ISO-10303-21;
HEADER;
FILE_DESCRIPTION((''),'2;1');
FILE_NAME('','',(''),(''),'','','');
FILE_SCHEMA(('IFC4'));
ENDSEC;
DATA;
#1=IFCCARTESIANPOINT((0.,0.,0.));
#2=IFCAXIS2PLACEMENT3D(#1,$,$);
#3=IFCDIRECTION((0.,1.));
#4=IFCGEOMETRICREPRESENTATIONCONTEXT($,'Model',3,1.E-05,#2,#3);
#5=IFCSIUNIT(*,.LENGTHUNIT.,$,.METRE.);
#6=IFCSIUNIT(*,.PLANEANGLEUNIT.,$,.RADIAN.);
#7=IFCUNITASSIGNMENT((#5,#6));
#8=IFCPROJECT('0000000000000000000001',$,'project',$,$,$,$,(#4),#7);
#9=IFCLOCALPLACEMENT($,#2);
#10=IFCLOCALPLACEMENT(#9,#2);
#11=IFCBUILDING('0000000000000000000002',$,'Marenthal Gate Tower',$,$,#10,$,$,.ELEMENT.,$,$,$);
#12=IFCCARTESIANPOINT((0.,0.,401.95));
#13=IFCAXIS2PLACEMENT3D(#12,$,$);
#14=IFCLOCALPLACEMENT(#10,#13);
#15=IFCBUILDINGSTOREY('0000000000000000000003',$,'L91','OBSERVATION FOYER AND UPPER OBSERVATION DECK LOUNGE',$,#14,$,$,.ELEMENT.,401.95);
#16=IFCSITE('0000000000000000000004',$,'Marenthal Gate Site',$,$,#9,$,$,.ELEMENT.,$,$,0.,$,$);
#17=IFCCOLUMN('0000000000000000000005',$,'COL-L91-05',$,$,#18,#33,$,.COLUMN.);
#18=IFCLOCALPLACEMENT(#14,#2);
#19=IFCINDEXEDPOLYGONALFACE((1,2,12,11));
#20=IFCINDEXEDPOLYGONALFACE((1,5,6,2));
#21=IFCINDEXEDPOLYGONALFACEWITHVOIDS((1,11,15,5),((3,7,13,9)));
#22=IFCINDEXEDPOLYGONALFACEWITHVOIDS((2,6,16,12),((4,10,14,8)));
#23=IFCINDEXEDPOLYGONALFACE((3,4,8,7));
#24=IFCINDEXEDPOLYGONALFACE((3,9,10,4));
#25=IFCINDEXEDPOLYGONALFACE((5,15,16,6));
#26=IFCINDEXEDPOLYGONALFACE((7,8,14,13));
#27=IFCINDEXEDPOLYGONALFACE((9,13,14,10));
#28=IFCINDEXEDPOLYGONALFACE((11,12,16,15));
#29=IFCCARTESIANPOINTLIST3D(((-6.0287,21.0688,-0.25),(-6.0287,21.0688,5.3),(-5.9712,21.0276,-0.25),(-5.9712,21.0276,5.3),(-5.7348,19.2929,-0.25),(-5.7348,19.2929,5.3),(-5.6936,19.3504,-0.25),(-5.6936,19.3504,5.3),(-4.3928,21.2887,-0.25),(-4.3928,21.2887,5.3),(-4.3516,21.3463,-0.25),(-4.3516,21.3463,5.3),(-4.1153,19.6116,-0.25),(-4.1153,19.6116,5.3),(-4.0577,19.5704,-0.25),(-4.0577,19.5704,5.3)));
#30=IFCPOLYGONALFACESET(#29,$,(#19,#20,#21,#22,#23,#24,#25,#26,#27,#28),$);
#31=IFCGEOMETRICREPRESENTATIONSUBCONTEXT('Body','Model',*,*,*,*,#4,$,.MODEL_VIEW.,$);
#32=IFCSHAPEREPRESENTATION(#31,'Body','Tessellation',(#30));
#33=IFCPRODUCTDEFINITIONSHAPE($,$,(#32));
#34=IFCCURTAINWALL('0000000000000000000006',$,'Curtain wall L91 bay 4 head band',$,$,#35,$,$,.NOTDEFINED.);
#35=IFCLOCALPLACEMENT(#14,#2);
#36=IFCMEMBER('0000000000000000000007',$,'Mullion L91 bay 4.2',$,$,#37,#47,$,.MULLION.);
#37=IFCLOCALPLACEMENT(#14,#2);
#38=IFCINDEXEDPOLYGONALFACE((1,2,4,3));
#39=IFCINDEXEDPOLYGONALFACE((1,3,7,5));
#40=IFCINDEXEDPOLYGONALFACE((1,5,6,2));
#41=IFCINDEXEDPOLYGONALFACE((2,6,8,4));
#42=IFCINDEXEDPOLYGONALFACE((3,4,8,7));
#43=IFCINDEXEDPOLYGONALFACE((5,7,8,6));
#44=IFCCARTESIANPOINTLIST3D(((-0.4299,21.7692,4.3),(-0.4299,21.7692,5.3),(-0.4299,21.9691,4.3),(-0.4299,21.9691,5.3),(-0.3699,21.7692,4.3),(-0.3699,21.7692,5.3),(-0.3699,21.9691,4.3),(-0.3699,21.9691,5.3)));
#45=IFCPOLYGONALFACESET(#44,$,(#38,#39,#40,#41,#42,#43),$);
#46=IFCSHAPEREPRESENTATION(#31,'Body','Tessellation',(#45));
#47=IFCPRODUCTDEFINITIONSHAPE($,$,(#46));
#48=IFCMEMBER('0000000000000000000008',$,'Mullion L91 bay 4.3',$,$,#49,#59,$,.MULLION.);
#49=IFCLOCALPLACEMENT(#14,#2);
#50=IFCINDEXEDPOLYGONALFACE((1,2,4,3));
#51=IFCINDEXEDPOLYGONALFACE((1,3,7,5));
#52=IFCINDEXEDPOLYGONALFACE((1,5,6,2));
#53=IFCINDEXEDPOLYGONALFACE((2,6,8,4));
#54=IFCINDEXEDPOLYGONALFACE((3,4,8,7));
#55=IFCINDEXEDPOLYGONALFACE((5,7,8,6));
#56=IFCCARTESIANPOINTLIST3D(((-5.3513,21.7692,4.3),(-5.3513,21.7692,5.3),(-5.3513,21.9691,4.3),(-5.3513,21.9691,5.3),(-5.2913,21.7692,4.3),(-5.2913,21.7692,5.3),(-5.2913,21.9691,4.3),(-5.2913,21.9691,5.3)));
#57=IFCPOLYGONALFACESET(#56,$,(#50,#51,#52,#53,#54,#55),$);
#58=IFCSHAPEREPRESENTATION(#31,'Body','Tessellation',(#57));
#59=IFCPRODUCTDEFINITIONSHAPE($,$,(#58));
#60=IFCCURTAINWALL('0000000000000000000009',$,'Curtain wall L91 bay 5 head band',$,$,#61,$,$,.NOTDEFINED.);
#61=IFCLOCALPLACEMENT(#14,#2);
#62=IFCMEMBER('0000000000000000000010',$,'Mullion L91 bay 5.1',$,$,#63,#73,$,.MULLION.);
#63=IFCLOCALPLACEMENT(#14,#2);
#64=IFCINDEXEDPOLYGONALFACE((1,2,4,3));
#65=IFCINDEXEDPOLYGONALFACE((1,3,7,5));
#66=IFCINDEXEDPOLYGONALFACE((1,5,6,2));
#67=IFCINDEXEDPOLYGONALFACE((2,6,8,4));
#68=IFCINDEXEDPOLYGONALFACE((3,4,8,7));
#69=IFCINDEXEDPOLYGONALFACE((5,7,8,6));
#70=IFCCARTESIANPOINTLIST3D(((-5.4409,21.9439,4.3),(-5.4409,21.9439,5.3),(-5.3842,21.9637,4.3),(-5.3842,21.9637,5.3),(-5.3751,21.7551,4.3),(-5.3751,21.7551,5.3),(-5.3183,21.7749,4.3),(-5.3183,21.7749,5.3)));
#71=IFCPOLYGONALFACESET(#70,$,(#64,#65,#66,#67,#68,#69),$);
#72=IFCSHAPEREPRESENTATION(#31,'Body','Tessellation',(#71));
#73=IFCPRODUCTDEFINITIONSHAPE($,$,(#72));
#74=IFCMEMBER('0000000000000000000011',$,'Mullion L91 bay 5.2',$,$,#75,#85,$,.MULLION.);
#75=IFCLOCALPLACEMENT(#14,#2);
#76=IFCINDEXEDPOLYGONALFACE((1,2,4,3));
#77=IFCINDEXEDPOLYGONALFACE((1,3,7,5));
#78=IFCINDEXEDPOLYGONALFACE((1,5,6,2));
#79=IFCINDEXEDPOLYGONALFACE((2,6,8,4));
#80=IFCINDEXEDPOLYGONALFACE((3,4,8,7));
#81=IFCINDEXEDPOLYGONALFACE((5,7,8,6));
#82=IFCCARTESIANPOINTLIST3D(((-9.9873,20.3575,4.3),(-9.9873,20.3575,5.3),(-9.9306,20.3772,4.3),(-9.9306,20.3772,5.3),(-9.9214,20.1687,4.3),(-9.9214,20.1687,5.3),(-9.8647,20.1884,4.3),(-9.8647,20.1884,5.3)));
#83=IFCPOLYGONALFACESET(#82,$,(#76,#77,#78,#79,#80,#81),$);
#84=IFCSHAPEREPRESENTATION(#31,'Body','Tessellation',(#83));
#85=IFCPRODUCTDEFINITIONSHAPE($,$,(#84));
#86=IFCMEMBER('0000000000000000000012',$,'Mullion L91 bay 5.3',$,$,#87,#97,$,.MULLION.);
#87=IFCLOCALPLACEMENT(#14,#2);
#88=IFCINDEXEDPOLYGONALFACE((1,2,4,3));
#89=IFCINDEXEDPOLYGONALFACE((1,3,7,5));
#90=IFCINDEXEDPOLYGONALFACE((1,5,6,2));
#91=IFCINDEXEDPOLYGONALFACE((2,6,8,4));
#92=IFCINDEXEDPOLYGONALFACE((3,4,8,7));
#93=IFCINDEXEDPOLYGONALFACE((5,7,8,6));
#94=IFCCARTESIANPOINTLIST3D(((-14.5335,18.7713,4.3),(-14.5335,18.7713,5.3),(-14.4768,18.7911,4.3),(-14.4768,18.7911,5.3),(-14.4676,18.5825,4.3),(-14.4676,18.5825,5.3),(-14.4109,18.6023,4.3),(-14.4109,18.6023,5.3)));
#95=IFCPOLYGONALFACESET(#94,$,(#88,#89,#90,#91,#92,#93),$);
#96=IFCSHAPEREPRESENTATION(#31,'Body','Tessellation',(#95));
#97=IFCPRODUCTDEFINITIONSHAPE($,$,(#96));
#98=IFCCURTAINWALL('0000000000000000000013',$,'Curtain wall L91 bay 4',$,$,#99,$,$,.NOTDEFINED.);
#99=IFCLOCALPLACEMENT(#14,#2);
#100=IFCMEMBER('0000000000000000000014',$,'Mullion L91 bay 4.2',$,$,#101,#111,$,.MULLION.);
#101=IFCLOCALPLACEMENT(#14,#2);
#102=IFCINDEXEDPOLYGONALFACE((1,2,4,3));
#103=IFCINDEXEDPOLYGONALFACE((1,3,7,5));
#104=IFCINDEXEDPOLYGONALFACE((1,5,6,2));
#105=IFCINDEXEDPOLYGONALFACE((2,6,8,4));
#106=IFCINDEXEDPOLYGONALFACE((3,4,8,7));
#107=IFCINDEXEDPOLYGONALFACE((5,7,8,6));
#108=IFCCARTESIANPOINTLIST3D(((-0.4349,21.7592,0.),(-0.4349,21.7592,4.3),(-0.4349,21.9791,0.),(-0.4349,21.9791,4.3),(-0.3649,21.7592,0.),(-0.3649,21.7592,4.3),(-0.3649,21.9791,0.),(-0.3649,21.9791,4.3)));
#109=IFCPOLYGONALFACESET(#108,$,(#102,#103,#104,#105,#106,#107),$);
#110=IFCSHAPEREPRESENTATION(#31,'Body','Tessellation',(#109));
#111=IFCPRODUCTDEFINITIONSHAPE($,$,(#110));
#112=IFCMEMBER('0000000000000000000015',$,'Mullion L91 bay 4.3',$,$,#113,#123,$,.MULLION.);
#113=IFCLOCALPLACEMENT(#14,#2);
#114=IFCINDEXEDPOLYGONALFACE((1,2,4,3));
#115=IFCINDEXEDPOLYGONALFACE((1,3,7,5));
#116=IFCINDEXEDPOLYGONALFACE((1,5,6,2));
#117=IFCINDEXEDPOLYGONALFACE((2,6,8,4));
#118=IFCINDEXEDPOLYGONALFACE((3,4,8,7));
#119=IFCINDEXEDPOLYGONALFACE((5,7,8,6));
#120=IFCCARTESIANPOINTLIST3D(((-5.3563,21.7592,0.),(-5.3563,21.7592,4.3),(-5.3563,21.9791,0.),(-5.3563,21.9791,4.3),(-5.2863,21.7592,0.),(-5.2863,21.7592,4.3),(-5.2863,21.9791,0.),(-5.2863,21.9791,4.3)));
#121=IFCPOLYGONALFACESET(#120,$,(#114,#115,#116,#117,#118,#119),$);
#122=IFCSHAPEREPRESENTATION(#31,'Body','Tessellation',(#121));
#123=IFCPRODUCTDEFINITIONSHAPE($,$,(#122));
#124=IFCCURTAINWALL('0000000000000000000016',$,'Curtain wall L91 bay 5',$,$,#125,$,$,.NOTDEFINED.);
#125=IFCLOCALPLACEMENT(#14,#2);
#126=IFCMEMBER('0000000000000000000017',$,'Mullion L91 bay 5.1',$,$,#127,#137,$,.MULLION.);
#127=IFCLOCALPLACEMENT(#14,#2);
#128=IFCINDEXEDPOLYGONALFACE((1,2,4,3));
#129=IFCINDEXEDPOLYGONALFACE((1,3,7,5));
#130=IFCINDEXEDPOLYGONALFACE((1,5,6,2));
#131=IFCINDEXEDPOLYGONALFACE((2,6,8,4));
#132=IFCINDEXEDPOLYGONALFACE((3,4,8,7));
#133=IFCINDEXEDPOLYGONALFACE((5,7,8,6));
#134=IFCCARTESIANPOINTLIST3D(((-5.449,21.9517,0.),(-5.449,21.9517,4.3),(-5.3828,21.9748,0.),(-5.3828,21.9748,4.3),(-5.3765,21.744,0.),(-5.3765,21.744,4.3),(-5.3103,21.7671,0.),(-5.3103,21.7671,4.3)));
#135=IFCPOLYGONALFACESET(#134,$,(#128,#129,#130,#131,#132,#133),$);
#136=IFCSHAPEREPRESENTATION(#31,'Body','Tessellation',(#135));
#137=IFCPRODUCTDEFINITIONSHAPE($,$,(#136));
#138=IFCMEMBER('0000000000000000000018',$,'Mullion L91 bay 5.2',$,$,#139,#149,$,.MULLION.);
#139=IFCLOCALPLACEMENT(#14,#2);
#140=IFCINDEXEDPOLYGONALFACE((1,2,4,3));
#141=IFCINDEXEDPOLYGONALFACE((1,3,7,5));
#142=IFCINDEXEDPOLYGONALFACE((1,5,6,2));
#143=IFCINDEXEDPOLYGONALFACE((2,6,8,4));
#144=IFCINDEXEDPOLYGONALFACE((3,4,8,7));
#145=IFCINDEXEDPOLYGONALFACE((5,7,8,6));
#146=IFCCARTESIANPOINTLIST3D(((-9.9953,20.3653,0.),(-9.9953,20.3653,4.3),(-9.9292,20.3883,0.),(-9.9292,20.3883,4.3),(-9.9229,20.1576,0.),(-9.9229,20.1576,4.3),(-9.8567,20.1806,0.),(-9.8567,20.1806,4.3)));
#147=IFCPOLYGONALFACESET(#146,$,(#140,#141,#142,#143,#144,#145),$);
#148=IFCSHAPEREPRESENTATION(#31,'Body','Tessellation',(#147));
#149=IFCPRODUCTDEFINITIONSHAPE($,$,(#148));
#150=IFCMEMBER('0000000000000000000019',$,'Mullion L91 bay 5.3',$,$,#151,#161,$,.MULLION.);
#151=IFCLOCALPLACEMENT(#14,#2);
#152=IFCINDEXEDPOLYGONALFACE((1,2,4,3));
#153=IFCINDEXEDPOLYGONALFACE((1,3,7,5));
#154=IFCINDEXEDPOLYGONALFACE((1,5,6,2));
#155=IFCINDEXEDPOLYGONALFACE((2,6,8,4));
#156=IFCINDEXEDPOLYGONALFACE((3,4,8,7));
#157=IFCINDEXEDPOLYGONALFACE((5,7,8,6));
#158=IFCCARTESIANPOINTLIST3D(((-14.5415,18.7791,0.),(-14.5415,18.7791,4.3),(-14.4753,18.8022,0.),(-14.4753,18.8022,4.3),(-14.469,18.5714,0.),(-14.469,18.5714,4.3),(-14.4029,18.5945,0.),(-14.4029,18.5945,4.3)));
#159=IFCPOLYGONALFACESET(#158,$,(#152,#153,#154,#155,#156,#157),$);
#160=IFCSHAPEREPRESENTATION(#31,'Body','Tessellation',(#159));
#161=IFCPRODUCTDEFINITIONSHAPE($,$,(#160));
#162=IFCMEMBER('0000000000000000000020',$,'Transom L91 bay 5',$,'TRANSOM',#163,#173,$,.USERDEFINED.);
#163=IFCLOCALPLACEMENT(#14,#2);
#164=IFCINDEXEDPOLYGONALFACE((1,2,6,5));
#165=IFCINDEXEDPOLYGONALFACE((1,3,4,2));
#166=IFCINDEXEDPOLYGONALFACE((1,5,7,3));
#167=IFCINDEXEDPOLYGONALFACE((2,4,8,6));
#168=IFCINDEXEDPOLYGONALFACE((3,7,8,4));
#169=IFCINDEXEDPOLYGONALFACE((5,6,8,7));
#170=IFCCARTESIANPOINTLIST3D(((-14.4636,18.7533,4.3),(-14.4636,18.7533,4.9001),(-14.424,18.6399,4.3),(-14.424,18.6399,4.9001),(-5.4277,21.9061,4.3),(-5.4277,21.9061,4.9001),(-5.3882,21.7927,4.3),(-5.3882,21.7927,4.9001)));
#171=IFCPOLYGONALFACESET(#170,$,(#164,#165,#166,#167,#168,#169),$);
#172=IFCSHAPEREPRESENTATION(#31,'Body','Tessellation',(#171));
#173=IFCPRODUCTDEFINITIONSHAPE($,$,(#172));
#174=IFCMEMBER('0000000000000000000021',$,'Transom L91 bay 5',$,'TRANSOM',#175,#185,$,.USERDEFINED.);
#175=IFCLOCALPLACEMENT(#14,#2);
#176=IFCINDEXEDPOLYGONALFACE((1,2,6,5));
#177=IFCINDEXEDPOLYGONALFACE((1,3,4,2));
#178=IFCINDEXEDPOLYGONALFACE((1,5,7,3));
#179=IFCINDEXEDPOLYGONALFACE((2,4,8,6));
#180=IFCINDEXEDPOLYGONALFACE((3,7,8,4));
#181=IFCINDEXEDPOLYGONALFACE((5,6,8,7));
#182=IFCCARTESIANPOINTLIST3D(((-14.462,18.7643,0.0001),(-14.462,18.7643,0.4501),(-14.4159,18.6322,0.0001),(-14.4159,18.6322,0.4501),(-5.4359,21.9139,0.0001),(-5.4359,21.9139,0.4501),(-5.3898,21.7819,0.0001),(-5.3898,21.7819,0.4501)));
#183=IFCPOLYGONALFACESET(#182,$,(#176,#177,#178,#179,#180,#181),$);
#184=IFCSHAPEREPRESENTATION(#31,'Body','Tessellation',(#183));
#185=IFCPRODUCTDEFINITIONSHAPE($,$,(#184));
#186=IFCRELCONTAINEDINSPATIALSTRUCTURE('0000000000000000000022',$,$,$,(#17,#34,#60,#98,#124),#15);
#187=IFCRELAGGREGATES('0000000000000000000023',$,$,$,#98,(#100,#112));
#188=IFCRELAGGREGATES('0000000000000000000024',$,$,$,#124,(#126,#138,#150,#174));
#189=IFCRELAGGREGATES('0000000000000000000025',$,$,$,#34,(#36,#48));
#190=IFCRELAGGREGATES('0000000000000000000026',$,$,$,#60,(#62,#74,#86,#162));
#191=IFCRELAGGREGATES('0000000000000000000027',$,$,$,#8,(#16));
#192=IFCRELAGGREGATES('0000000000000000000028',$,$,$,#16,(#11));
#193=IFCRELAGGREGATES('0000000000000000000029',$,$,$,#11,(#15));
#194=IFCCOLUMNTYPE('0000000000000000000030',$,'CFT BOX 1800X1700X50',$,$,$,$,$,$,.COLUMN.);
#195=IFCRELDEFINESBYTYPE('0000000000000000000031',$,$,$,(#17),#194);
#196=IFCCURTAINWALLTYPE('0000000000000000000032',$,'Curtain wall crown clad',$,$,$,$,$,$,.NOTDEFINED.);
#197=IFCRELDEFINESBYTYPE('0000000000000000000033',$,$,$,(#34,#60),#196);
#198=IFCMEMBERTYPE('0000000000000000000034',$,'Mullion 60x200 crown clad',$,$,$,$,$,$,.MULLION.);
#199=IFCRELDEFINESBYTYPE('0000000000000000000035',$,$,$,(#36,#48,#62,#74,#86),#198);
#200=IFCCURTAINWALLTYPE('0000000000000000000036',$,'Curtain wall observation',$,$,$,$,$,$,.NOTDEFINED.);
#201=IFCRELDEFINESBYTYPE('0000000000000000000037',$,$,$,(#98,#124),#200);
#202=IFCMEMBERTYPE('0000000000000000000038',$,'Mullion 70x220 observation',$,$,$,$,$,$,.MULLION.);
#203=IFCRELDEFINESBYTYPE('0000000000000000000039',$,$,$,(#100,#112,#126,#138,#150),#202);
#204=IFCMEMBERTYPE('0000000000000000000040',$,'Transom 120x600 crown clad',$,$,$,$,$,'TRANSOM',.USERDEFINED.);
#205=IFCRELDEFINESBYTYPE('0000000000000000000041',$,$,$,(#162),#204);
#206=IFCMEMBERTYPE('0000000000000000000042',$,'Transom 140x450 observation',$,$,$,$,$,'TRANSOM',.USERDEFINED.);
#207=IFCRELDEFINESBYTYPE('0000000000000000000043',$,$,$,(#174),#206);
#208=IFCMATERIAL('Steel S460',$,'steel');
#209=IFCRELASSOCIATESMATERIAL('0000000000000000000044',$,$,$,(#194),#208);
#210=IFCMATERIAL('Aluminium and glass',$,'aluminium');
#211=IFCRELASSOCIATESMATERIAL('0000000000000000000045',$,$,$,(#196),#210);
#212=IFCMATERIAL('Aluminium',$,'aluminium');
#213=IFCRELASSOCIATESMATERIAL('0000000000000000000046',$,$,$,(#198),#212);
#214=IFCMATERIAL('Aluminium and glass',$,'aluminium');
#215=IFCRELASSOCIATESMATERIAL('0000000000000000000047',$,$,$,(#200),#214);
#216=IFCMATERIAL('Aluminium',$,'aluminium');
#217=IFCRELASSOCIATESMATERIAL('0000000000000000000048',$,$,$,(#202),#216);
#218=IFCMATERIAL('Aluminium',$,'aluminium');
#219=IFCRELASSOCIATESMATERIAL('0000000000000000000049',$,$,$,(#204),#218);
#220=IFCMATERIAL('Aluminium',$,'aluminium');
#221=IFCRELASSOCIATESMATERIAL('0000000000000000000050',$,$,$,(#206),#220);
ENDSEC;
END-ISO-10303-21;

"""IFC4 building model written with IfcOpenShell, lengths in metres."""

from ifc_helpers import new_model, si_unit, direction, frame, origin, origin_2d, place, context, subcontext, project, spatial, rectangle, hollow_rectangle, extrude, material, material_profile, profile_set, type_object, element, aggregate, save


model = new_model("IFC4")

# Units and contexts
model_context = context("Model", 3, precision=1e-05, world=origin(), true_north=direction((0.0, 1.0)))
body_context = subcontext(model_context, "Body", "Model", "MODEL_VIEW")
ifc_project = project(units=[si_unit("LENGTHUNIT", "METRE"), si_unit("PLANEANGLEUNIT", "RADIAN")], contexts=[model_context])

# Site, building, storey
site_placement = place(None, origin())
site = spatial("IfcSite", under=ifc_project, at=site_placement, Name="Marenthal Gate Site", CompositionType="ELEMENT", RefElevation=0.0)
building_placement = place(site_placement, origin())
building = spatial("IfcBuilding", under=site, at=building_placement, Name="Marenthal Gate Tower", CompositionType="ELEMENT")
storey_placement = place(building_placement, frame((0.0, 0.0, 401.95)))
storey = spatial("IfcBuildingStorey", under=building, at=storey_placement, Name="L91", Description="OBSERVATION FOYER AND UPPER OBSERVATION DECK LOUNGE", CompositionType="ELEMENT", Elevation=401.95)

# Column
ifc_material_1 = material(Name="Steel S460", Category="steel")
ifc_material_profile_1 = material_profile(ifc_material_1, hollow_rectangle(XDim=1.7, YDim=1.8, WallThickness=0.05, at=origin_2d()), Name="CFT BOX 1800X1700X50")
ifc_material_2 = material(Name="Concrete 70 MPa", Category="concrete")
ifc_material_profile_2 = material_profile(ifc_material_2, rectangle(XDim=1.6001, YDim=1.7, at=origin_2d()), Name="CFT BOX 1800X1700X50 INFILL")
ifc_profile_set_1 = profile_set([ifc_material_profile_1, ifc_material_profile_2], Name="Steel S460 shell, Concrete 70 MPa infill")
column_type = type_object("IfcColumnType", Name="CFT BOX 1800X1700X50", PredefinedType="COLUMN", material=ifc_profile_set_1)
column_placement = place(storey_placement, frame((-5.0432, 20.3196, -0.25), z_axis=(0.0, 0.0, 1.0), x_axis=(0.986583, 0.163262, 0.0)))
element("IfcColumn", 1, at=column_placement, inside=storey, type_object=column_type, Name="COL-L91-05", PredefinedType="COLUMN", context=body_context, shape_type="SweptSolid", body=[
    extrude(hollow_rectangle(XDim=1.7, YDim=1.8, WallThickness=0.05, at=origin_2d()), origin(), (0.0, 0.0, 1.0), 5.55),
])

# Curtain walls, members
ifc_material_3 = material(Name="Aluminium and glass", Category="aluminium")
curtain_wall_type_1 = type_object("IfcCurtainWallType", Name="Curtain wall crown clad", PredefinedType="NOTDEFINED", material=ifc_material_3)
curtain_wall_1_placement = place(storey_placement, origin())
curtain_wall_1 = element("IfcCurtainWall", 2, at=curtain_wall_1_placement, inside=storey, type_object=curtain_wall_type_1, Name="Curtain wall L91 bay 4 head band", PredefinedType="NOTDEFINED")
ifc_material_4 = material(Name="Aluminium", Category="aluminium")
ifc_material_profile_3 = material_profile(ifc_material_4, rectangle(XDim=0.2, YDim=0.0601, at=origin_2d()), Name="60x200 aluminium mullion")
ifc_profile_set_2 = profile_set([ifc_material_profile_3], Name="Aluminium")
member_type_1 = type_object("IfcMemberType", Name="Mullion 60x200 crown clad", PredefinedType="MULLION", material=ifc_profile_set_2)
member_1_placement = place(storey_placement, frame((-0.3999, 21.8691, 4.3), z_axis=(0.0, 0.0, 1.0), x_axis=(0.0, -1.0, 0.0)))
member_1 = element("IfcMember", 3, at=member_1_placement, type_object=member_type_1, Name="Mullion L91 bay 4.2", PredefinedType="MULLION", context=body_context, shape_type="SweptSolid", body=[
    extrude(rectangle(XDim=0.2, YDim=0.0601, at=origin_2d()), origin(), (0.0, 0.0, 1.0), 1.0),
])
member_2_placement = place(storey_placement, frame((-5.3213, 21.8691, 4.3), z_axis=(0.0, 0.0, 1.0), x_axis=(0.0, -1.0, 0.0)))
member_2 = element("IfcMember", 4, at=member_2_placement, type_object=member_type_1, Name="Mullion L91 bay 4.3", PredefinedType="MULLION", context=body_context, shape_type="SweptSolid", body=[
    extrude(rectangle(XDim=0.2, YDim=0.0601, at=origin_2d()), origin(), (0.0, 0.0, 1.0), 1.0),
])
curtain_wall_2_placement = place(storey_placement, origin())
curtain_wall_2 = element("IfcCurtainWall", 5, at=curtain_wall_2_placement, inside=storey, type_object=curtain_wall_type_1, Name="Curtain wall L91 bay 5 head band", PredefinedType="NOTDEFINED")
member_3_placement = place(storey_placement, frame((-5.3796, 21.8594, 4.3), z_axis=(0.0, 0.0, 1.0), x_axis=(0.329454, -0.944172, 0.0)))
member_3 = element("IfcMember", 6, at=member_3_placement, type_object=member_type_1, Name="Mullion L91 bay 5.1", PredefinedType="MULLION", context=body_context, shape_type="SweptSolid", body=[
    extrude(rectangle(XDim=0.2, YDim=0.0601, at=origin_2d()), origin(), (0.0, 0.0, 1.0), 1.0),
])
member_4_placement = place(storey_placement, frame((-9.926, 20.2729, 4.3), z_axis=(0.0, 0.0, 1.0), x_axis=(0.329454, -0.944172, 0.0)))
member_4 = element("IfcMember", 7, at=member_4_placement, type_object=member_type_1, Name="Mullion L91 bay 5.2", PredefinedType="MULLION", context=body_context, shape_type="SweptSolid", body=[
    extrude(rectangle(XDim=0.2, YDim=0.0601, at=origin_2d()), origin(), (0.0, 0.0, 1.0), 1.0),
])
member_5_placement = place(storey_placement, frame((-14.4722, 18.6868, 4.3), z_axis=(0.0, 0.0, 1.0), x_axis=(0.329454, -0.944172, 0.0)))
member_5 = element("IfcMember", 8, at=member_5_placement, type_object=member_type_1, Name="Mullion L91 bay 5.3", PredefinedType="MULLION", context=body_context, shape_type="SweptSolid", body=[
    extrude(rectangle(XDim=0.2, YDim=0.0601, at=origin_2d()), origin(), (0.0, 0.0, 1.0), 1.0),
])
ifc_material_5 = material(Name="Aluminium and glass", Category="aluminium")
curtain_wall_type_2 = type_object("IfcCurtainWallType", Name="Curtain wall observation", PredefinedType="NOTDEFINED", material=ifc_material_5)
curtain_wall_3_placement = place(storey_placement, origin())
curtain_wall_3 = element("IfcCurtainWall", 9, at=curtain_wall_3_placement, inside=storey, type_object=curtain_wall_type_2, Name="Curtain wall L91 bay 4", PredefinedType="NOTDEFINED")
ifc_material_6 = material(Name="Aluminium", Category="aluminium")
ifc_material_profile_4 = material_profile(ifc_material_6, rectangle(XDim=0.22, YDim=0.0701, at=origin_2d()), Name="70x220 aluminium mullion")
ifc_profile_set_3 = profile_set([ifc_material_profile_4], Name="Aluminium")
member_type_2 = type_object("IfcMemberType", Name="Mullion 70x220 observation", PredefinedType="MULLION", material=ifc_profile_set_3)
member_6_placement = place(storey_placement, frame((-0.3999, 21.8691, 0.0), z_axis=(0.0, 0.0, 1.0), x_axis=(0.0, -1.0, 0.0)))
member_6 = element("IfcMember", 10, at=member_6_placement, type_object=member_type_2, Name="Mullion L91 bay 4.2", PredefinedType="MULLION", context=body_context, shape_type="SweptSolid", body=[
    extrude(rectangle(XDim=0.22, YDim=0.0701, at=origin_2d()), origin(), (0.0, 0.0, 1.0), 4.3),
])
member_7_placement = place(storey_placement, frame((-5.3213, 21.8691, 0.0), z_axis=(0.0, 0.0, 1.0), x_axis=(0.0, -1.0, 0.0)))
member_7 = element("IfcMember", 11, at=member_7_placement, type_object=member_type_2, Name="Mullion L91 bay 4.3", PredefinedType="MULLION", context=body_context, shape_type="SweptSolid", body=[
    extrude(rectangle(XDim=0.22, YDim=0.0701, at=origin_2d()), origin(), (0.0, 0.0, 1.0), 4.3),
])
curtain_wall_4_placement = place(storey_placement, origin())
curtain_wall_4 = element("IfcCurtainWall", 12, at=curtain_wall_4_placement, inside=storey, type_object=curtain_wall_type_2, Name="Curtain wall L91 bay 5", PredefinedType="NOTDEFINED")
member_8_placement = place(storey_placement, frame((-5.3796, 21.8594, 0.0), z_axis=(0.0, 0.0, 1.0), x_axis=(0.329454, -0.944172, 0.0)))
member_8 = element("IfcMember", 13, at=member_8_placement, type_object=member_type_2, Name="Mullion L91 bay 5.1", PredefinedType="MULLION", context=body_context, shape_type="SweptSolid", body=[
    extrude(rectangle(XDim=0.22, YDim=0.0701, at=origin_2d()), origin(), (0.0, 0.0, 1.0), 4.3),
])
member_9_placement = place(storey_placement, frame((-9.926, 20.2729, 0.0), z_axis=(0.0, 0.0, 1.0), x_axis=(0.329454, -0.944172, 0.0)))
member_9 = element("IfcMember", 14, at=member_9_placement, type_object=member_type_2, Name="Mullion L91 bay 5.2", PredefinedType="MULLION", context=body_context, shape_type="SweptSolid", body=[
    extrude(rectangle(XDim=0.22, YDim=0.0701, at=origin_2d()), origin(), (0.0, 0.0, 1.0), 4.3),
])
member_10_placement = place(storey_placement, frame((-14.4722, 18.6868, 0.0), z_axis=(0.0, 0.0, 1.0), x_axis=(0.329454, -0.944172, 0.0)))
member_10 = element("IfcMember", 15, at=member_10_placement, type_object=member_type_2, Name="Mullion L91 bay 5.3", PredefinedType="MULLION", context=body_context, shape_type="SweptSolid", body=[
    extrude(rectangle(XDim=0.22, YDim=0.0701, at=origin_2d()), origin(), (0.0, 0.0, 1.0), 4.3),
])

# Members
ifc_material_7 = material(Name="Aluminium", Category="aluminium")
ifc_material_profile_5 = material_profile(ifc_material_7, rectangle(XDim=0.1201, YDim=0.6001, at=origin_2d()), Name="120x600 aluminium transom")
ifc_profile_set_4 = profile_set([ifc_material_profile_5], Name="Aluminium")
member_type_3 = type_object("IfcMemberType", Name="Transom 120x600 crown clad", ElementType="TRANSOM", PredefinedType="USERDEFINED", material=ifc_profile_set_4)
member_11_placement = place(storey_placement, frame((-5.408, 21.8494, 4.6001), z_axis=(-0.944175, -0.329445, 0.0), x_axis=(0.329445, -0.944175, 0.0)))
member_11 = element("IfcMember", 16, at=member_11_placement, type_object=member_type_3, Name="Transom L91 bay 5", ObjectType="TRANSOM", PredefinedType="USERDEFINED", context=body_context, shape_type="SweptSolid", body=[
    extrude(rectangle(XDim=0.1201, YDim=0.6001, at=origin_2d()), origin(), (0.0, 0.0, 1.0), 9.5701),
])
ifc_material_8 = material(Name="Aluminium", Category="aluminium")
ifc_material_profile_6 = material_profile(ifc_material_8, rectangle(XDim=0.1399, YDim=0.45, at=origin_2d()), Name="140x450 aluminium transom")
ifc_profile_set_5 = profile_set([ifc_material_profile_6], Name="Aluminium")
member_type_4 = type_object("IfcMemberType", Name="Transom 140x450 observation", ElementType="TRANSOM", PredefinedType="USERDEFINED", material=ifc_profile_set_5)
member_12_placement = place(storey_placement, frame((-5.4128, 21.8479, 0.2251), z_axis=(-0.944167, -0.329466, 0.0), x_axis=(0.329466, -0.944167, 0.0)))
member_12 = element("IfcMember", 17, at=member_12_placement, type_object=member_type_4, Name="Transom L91 bay 5", ObjectType="TRANSOM", PredefinedType="USERDEFINED", context=body_context, shape_type="SweptSolid", body=[
    extrude(rectangle(XDim=0.1399, YDim=0.45, at=origin_2d()), origin(), (0.0, 0.0, 1.0), 9.5598),
])

aggregate(curtain_wall_3, [member_6, member_7])
aggregate(curtain_wall_4, [member_8, member_9, member_10, member_12])
aggregate(curtain_wall_1, [member_1, member_2])
aggregate(curtain_wall_2, [member_3, member_4, member_5, member_11])

save(model, "model.ifc")
